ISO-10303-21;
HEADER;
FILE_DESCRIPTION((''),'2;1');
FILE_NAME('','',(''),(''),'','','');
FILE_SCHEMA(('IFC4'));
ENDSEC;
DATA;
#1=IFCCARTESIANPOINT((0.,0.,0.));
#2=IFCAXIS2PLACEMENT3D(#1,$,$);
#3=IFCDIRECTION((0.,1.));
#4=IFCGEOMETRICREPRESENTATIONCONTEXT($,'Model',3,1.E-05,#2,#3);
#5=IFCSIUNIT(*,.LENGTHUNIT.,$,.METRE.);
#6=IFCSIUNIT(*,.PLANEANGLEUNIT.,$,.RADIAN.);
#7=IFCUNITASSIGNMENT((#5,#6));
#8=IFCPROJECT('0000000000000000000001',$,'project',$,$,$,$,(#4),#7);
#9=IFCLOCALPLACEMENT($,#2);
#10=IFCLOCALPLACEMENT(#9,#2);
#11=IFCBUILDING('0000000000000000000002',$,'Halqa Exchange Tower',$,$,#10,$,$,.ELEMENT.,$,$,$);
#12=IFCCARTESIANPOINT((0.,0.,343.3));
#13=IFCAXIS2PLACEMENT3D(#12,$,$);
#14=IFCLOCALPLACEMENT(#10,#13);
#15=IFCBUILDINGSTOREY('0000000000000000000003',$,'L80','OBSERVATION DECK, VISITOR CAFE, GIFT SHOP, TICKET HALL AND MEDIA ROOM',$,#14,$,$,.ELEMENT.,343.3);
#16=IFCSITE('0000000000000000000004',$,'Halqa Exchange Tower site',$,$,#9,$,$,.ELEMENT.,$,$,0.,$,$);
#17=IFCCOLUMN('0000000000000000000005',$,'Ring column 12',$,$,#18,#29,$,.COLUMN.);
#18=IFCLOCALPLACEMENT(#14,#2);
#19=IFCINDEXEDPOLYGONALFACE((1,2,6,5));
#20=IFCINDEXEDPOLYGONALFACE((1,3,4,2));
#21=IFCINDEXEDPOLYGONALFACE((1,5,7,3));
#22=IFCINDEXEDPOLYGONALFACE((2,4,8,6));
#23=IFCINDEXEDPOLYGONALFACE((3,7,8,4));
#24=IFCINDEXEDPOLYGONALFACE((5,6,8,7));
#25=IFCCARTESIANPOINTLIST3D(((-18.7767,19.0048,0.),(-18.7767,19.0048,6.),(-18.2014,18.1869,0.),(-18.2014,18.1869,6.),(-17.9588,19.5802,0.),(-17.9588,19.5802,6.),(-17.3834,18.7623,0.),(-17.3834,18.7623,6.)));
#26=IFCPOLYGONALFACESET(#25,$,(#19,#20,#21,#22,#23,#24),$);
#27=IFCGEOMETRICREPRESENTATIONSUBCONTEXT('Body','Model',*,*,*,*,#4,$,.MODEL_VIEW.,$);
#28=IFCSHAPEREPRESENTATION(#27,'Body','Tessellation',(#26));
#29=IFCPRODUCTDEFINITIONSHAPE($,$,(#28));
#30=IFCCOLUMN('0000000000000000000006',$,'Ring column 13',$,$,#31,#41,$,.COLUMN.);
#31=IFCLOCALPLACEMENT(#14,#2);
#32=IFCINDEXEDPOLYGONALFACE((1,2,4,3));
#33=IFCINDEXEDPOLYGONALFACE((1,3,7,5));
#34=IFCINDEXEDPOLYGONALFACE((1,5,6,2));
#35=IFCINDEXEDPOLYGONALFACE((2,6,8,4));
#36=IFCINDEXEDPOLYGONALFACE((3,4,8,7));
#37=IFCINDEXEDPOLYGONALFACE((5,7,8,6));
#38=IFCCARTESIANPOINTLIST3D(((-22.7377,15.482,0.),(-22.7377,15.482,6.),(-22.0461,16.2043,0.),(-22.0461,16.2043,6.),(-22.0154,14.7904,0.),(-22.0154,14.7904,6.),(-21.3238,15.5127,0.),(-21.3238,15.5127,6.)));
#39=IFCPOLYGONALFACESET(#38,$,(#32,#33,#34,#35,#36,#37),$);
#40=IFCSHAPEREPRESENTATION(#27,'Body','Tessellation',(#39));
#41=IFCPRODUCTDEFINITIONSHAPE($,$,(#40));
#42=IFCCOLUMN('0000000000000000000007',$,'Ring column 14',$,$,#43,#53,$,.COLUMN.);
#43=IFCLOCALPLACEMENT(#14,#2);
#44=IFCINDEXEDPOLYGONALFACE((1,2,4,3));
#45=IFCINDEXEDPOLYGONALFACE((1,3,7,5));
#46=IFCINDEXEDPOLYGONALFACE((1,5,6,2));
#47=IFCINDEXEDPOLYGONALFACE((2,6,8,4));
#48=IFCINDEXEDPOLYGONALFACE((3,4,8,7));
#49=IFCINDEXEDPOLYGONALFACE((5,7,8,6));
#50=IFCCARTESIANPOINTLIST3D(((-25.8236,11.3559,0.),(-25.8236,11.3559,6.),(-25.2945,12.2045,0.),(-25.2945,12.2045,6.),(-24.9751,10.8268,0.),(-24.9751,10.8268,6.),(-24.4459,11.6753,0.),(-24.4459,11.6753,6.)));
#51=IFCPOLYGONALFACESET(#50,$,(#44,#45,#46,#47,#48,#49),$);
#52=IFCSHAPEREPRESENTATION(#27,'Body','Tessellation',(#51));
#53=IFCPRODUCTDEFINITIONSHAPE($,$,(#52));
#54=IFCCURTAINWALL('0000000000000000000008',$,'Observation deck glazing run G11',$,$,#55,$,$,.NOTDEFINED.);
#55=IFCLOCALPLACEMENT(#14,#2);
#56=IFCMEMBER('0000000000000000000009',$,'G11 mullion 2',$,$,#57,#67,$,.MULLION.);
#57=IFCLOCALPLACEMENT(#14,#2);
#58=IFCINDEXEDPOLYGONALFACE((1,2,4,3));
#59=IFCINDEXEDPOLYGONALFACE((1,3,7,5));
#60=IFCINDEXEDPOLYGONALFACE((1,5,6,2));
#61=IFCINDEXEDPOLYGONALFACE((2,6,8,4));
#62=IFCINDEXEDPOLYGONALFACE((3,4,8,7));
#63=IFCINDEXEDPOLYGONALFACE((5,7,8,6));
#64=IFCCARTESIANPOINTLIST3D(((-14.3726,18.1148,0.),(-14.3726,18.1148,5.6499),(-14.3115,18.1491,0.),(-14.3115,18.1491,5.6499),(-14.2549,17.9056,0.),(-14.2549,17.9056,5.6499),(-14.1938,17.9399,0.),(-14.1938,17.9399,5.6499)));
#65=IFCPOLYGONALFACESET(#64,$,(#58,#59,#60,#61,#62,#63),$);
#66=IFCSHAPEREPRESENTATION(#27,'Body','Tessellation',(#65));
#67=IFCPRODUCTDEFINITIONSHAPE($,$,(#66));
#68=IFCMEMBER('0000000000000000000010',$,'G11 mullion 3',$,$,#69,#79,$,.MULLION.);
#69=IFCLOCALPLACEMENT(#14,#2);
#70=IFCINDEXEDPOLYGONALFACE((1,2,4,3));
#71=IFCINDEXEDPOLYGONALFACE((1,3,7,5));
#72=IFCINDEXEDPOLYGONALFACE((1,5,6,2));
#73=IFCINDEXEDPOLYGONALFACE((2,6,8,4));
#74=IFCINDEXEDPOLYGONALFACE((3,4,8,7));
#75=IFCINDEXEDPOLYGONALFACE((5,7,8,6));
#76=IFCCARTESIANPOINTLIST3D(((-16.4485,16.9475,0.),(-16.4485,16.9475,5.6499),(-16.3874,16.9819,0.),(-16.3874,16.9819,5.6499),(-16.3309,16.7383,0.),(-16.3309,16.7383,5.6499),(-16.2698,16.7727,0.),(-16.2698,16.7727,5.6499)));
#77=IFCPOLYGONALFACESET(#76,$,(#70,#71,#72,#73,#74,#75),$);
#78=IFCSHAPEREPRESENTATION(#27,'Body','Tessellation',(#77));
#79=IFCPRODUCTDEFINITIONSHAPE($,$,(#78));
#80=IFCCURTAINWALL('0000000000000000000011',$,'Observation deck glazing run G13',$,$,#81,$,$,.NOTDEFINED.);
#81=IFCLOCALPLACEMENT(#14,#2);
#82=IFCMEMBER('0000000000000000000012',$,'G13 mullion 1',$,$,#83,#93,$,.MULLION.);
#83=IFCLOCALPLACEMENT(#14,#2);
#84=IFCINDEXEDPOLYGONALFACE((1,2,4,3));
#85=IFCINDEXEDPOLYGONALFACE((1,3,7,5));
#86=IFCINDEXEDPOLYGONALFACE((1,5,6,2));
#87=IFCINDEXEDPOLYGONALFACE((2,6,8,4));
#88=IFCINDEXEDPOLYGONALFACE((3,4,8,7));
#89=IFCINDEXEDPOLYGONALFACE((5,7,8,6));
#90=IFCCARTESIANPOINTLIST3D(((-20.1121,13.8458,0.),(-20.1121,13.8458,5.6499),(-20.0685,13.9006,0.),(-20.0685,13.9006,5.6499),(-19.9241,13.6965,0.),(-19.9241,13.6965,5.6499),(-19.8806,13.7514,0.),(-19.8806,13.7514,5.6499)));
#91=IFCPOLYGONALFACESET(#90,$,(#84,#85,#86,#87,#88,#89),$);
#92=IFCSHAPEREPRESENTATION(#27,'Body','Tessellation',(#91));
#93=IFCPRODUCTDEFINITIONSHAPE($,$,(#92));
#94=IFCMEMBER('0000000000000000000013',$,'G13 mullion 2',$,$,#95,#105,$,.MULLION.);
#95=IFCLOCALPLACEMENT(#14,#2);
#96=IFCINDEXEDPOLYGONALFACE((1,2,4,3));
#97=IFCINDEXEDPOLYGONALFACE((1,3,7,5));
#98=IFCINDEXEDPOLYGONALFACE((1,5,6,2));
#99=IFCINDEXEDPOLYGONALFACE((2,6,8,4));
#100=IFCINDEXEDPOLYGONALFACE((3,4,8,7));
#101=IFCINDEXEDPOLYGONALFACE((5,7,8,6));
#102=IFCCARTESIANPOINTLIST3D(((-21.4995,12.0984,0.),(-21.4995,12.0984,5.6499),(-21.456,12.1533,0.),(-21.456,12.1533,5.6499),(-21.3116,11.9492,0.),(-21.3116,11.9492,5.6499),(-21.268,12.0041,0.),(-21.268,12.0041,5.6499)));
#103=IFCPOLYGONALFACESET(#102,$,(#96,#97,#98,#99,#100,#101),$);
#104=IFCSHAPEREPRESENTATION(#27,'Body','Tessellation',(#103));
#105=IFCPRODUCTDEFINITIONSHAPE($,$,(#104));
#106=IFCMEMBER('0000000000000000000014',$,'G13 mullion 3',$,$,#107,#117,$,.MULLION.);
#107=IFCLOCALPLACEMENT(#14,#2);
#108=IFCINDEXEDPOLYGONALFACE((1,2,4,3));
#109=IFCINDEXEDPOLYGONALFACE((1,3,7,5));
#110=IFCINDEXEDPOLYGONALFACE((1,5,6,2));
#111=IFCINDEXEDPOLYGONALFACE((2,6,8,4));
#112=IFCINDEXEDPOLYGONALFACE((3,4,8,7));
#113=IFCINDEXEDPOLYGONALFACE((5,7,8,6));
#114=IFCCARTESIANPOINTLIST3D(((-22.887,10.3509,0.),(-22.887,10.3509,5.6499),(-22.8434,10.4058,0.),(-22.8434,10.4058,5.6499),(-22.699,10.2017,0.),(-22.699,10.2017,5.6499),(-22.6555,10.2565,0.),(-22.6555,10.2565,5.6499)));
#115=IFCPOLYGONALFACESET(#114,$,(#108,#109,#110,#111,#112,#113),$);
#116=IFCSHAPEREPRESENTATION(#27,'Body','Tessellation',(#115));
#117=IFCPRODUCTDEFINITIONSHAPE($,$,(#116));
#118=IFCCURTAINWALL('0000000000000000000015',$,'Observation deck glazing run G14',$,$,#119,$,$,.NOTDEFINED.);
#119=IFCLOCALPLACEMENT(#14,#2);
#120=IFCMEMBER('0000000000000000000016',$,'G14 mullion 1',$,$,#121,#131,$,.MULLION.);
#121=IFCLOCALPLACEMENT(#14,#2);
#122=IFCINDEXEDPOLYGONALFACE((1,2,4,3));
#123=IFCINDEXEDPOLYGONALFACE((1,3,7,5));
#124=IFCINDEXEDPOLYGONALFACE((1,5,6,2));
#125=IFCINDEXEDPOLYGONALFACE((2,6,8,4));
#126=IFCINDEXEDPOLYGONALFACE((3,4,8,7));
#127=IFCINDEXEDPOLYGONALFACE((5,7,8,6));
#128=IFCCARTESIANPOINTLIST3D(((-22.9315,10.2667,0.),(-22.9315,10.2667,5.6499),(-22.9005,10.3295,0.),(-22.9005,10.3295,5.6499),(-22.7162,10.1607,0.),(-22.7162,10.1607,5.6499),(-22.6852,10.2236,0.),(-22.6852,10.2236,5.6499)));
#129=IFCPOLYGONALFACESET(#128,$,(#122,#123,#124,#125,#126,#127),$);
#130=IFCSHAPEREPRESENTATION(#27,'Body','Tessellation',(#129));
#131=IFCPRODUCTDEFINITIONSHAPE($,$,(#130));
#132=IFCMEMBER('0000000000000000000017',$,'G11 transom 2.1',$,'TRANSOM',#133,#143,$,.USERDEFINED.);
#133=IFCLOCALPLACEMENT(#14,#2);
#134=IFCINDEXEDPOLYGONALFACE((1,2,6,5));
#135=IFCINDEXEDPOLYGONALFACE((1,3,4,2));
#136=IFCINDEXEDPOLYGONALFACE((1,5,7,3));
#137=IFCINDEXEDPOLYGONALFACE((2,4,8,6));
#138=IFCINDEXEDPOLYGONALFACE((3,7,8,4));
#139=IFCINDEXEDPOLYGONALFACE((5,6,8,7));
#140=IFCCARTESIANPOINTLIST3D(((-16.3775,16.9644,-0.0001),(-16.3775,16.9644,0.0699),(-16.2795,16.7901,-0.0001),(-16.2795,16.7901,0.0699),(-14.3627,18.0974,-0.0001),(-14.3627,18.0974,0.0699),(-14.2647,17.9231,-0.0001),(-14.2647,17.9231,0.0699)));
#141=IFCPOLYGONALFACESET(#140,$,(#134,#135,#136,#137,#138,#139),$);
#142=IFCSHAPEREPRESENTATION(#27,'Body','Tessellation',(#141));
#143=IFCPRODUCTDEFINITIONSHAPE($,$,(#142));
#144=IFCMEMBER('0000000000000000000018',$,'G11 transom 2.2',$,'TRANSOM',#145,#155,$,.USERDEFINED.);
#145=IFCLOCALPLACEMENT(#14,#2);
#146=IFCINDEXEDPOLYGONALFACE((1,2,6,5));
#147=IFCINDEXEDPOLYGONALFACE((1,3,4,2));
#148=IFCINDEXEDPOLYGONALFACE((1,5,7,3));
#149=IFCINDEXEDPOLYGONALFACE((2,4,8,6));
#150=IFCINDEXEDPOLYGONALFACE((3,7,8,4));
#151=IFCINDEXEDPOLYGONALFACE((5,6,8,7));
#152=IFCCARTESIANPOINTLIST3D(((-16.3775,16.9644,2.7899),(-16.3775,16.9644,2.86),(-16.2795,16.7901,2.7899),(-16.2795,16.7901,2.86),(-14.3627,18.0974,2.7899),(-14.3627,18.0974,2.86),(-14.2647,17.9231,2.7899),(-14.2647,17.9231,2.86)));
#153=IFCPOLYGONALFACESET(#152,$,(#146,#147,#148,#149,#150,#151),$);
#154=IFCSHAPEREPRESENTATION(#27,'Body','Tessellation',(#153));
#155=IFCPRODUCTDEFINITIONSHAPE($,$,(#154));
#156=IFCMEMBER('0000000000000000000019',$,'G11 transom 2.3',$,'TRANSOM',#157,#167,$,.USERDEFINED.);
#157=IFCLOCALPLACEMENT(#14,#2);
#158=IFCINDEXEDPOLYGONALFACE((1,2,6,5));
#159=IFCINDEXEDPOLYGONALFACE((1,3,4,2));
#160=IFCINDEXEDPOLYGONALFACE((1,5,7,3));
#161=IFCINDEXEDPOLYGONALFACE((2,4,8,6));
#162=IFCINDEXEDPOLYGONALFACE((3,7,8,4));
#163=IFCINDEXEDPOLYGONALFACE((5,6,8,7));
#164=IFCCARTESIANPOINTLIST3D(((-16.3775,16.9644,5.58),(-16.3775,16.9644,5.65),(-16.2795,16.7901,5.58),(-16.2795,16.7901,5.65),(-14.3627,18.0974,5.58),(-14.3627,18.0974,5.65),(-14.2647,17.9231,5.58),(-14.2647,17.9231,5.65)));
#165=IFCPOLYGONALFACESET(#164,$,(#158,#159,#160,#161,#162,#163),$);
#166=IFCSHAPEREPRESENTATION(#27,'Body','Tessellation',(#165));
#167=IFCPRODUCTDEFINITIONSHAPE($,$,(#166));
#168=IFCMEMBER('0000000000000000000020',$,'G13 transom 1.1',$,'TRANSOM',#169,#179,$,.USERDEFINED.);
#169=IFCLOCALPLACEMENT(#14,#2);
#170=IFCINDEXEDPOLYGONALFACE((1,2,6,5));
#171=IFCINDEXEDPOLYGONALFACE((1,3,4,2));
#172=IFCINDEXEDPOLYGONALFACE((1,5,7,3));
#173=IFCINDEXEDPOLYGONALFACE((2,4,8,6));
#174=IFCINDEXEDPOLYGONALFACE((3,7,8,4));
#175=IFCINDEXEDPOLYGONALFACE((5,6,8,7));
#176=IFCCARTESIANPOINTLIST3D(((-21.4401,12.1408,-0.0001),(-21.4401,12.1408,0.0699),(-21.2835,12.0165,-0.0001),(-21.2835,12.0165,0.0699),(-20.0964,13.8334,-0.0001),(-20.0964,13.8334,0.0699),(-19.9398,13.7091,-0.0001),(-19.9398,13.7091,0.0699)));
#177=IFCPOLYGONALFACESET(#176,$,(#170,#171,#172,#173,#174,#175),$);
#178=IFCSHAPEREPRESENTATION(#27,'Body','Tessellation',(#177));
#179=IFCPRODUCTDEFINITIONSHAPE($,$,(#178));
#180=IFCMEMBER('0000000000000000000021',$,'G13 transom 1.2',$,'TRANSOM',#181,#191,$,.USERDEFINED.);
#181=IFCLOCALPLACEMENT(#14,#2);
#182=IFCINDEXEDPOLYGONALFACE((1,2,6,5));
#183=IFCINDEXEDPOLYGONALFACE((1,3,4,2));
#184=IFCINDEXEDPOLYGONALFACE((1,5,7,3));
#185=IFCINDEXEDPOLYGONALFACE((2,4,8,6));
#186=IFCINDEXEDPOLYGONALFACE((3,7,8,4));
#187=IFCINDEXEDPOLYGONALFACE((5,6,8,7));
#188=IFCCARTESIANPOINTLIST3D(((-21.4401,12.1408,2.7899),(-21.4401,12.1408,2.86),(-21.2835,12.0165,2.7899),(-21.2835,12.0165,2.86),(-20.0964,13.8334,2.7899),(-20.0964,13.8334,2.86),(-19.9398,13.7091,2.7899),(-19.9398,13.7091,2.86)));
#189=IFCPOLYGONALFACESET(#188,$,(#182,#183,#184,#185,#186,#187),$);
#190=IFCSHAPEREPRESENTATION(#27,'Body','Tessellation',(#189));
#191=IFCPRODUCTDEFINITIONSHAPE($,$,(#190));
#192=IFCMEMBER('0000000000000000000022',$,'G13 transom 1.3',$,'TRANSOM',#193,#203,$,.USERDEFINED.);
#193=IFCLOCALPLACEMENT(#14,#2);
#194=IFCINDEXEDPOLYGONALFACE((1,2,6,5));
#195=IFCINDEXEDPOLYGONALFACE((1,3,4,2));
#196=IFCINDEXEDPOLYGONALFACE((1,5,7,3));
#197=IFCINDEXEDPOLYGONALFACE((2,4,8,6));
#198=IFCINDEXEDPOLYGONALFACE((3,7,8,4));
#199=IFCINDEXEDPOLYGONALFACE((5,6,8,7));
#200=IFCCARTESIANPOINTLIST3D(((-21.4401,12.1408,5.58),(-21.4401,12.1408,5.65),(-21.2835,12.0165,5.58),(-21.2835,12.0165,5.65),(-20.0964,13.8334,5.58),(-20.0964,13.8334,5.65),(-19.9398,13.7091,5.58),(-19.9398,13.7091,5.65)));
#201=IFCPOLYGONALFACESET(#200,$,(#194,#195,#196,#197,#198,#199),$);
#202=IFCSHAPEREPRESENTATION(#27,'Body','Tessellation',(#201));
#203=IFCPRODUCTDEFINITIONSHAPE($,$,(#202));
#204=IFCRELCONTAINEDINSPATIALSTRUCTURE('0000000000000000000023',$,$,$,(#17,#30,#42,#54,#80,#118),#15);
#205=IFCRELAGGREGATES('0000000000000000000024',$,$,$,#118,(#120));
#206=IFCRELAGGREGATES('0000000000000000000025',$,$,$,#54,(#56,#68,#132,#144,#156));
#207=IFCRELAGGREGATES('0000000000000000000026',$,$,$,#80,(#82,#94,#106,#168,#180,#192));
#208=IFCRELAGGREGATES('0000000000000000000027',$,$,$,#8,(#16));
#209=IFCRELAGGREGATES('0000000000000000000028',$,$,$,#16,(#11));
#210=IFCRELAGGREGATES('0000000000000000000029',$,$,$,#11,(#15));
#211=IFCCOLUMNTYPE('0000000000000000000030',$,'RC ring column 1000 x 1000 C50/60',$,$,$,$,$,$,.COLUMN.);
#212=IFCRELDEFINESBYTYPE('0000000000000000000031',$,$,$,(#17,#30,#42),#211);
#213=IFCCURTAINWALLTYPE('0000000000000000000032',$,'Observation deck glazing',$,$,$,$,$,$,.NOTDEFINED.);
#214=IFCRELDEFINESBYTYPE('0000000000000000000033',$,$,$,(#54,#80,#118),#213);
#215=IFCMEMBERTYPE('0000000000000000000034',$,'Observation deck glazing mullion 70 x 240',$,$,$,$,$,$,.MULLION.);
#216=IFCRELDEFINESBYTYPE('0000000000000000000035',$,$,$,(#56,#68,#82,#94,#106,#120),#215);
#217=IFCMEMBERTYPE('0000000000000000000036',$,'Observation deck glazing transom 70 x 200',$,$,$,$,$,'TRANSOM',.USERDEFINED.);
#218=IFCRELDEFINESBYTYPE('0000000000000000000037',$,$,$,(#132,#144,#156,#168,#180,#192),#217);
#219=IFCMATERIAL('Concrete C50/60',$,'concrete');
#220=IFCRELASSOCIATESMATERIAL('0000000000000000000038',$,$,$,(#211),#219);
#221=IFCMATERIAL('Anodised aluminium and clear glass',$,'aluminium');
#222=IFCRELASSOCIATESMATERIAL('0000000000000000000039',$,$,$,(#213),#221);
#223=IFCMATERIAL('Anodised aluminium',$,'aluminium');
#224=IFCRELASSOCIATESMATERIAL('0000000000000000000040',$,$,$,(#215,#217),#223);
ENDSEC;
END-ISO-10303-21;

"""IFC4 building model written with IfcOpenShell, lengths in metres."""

from ifc_helpers import new_model, si_unit, direction, frame, origin, origin_2d, place, context, subcontext, project, spatial, rectangle, extrude, material, material_profile, profile_set, type_object, element, aggregate, save


model = new_model("IFC4")

# Units and contexts
model_context = context("Model", 3, precision=1e-05, world=origin(), true_north=direction((0.0, 1.0)))
body_context = subcontext(model_context, "Body", "Model", "MODEL_VIEW")
ifc_project = project(units=[si_unit("LENGTHUNIT", "METRE"), si_unit("PLANEANGLEUNIT", "RADIAN")], contexts=[model_context])

# Site, building, storey
site_placement = place(None, origin())
site = spatial("IfcSite", under=ifc_project, at=site_placement, Name="Halqa Exchange Tower site", CompositionType="ELEMENT", RefElevation=0.0)
building_placement = place(site_placement, origin())
building = spatial("IfcBuilding", under=site, at=building_placement, Name="Halqa Exchange Tower", CompositionType="ELEMENT")
storey_placement = place(building_placement, frame((0.0, 0.0, 343.3)))
storey = spatial("IfcBuildingStorey", under=building, at=storey_placement, Name="L80", Description="OBSERVATION DECK, VISITOR CAFE, GIFT SHOP, TICKET HALL AND MEDIA ROOM", CompositionType="ELEMENT", Elevation=343.3)

# Columns
ifc_material_1 = material(Name="Concrete C50/60", Category="concrete")
ifc_material_profile_1 = material_profile(ifc_material_1, rectangle(XDim=1.0, YDim=1.0, at=origin_2d()), Name="1000 x 1000")
ifc_profile_set_1 = profile_set([ifc_material_profile_1], Name="Concrete C50/60")
column_type = type_object("IfcColumnType", Name="RC ring column 1000 x 1000 C50/60", PredefinedType="COLUMN", material=ifc_profile_set_1)
for number, where, z_axis, x_axis, name in (
    (1, (-18.0801, 18.8835, 0.0), (0.0, 0.0, 1.0), (-0.817907, -0.575351, 0.0), "Ring column 12"),
    (2, (-22.0308, 15.4973, 0.0), (0.0, 0.0, 1.0), (-0.691579, -0.722301, 0.0), "Ring column 13"),
    (3, (-25.1348, 11.5156, 0.0), (0.0, 0.0, 1.0), (-0.52914, -0.848534, 0.0), "Ring column 14"),
):
    element("IfcColumn", number, at=place(storey_placement, frame(where, z_axis=z_axis, x_axis=x_axis)), inside=storey, type_object=column_type, Name=name, PredefinedType="COLUMN", context=body_context, shape_type="SweptSolid", body=[
        extrude(rectangle(XDim=1.0, YDim=1.0, at=origin_2d()), origin(), (0.0, 0.0, 1.0), 6.0),
    ])

# Curtain walls, members
ifc_material_2 = material(Name="Anodised aluminium and clear glass", Category="aluminium")
curtain_wall_type = type_object("IfcCurtainWallType", Name="Observation deck glazing", PredefinedType="NOTDEFINED", material=ifc_material_2)
curtain_wall_1_placement = place(storey_placement, origin())
curtain_wall_1 = element("IfcCurtainWall", 4, at=curtain_wall_1_placement, inside=storey, type_object=curtain_wall_type, Name="Observation deck glazing run G11", PredefinedType="NOTDEFINED")
ifc_material_3 = material(Name="Anodised aluminium", Category="aluminium")
ifc_material_profile_2 = material_profile(ifc_material_3, rectangle(XDim=0.24, YDim=0.0701, at=origin_2d()), Name="AL 70x240")
ifc_profile_set_2 = profile_set([ifc_material_profile_2], Name="Anodised aluminium")
member_type_1 = type_object("IfcMemberType", Name="Observation deck glazing mullion 70 x 240", PredefinedType="MULLION", material=ifc_profile_set_2)
member_1_placement = place(storey_placement, frame((-14.2832, 18.0273, 0.0), z_axis=(0.0, 0.0, 1.0), x_axis=(0.490158, -0.871634, 0.0)))
member_1 = element("IfcMember", 5, at=member_1_placement, type_object=member_type_1, Name="G11 mullion 2", PredefinedType="MULLION", context=body_context, shape_type="SweptSolid", body=[
    extrude(rectangle(XDim=0.24, YDim=0.0701, at=origin_2d()), origin(), (0.0, 0.0, 1.0), 5.6499),
])
member_2_placement = place(storey_placement, frame((-16.3591, 16.8601, 0.0), z_axis=(0.0, 0.0, 1.0), x_axis=(0.490158, -0.871634, 0.0)))
member_2 = element("IfcMember", 6, at=member_2_placement, type_object=member_type_1, Name="G11 mullion 3", PredefinedType="MULLION", context=body_context, shape_type="SweptSolid", body=[
    extrude(rectangle(XDim=0.24, YDim=0.0701, at=origin_2d()), origin(), (0.0, 0.0, 1.0), 5.6499),
])
curtain_wall_2_placement = place(storey_placement, origin())
curtain_wall_2 = element("IfcCurtainWall", 7, at=curtain_wall_2_placement, inside=storey, type_object=curtain_wall_type, Name="Observation deck glazing run G13", PredefinedType="NOTDEFINED")
member_3_placement = place(storey_placement, frame((-19.9963, 13.7986, 0.0), z_axis=(0.0, 0.0, 1.0), x_axis=(0.783162, -0.621817, 0.0)))
member_3 = element("IfcMember", 8, at=member_3_placement, type_object=member_type_1, Name="G13 mullion 1", PredefinedType="MULLION", context=body_context, shape_type="SweptSolid", body=[
    extrude(rectangle(XDim=0.24, YDim=0.0701, at=origin_2d()), origin(), (0.0, 0.0, 1.0), 5.6499),
])
member_4_placement = place(storey_placement, frame((-21.3838, 12.0513, 0.0), z_axis=(0.0, 0.0, 1.0), x_axis=(0.783162, -0.621817, 0.0)))
member_4 = element("IfcMember", 9, at=member_4_placement, type_object=member_type_1, Name="G13 mullion 2", PredefinedType="MULLION", context=body_context, shape_type="SweptSolid", body=[
    extrude(rectangle(XDim=0.24, YDim=0.0701, at=origin_2d()), origin(), (0.0, 0.0, 1.0), 5.6499),
])
member_5_placement = place(storey_placement, frame((-22.7712, 10.3037, 0.0), z_axis=(0.0, 0.0, 1.0), x_axis=(0.783162, -0.621817, 0.0)))
member_5 = element("IfcMember", 10, at=member_5_placement, type_object=member_type_1, Name="G13 mullion 3", PredefinedType="MULLION", context=body_context, shape_type="SweptSolid", body=[
    extrude(rectangle(XDim=0.24, YDim=0.0701, at=origin_2d()), origin(), (0.0, 0.0, 1.0), 5.6499),
])

# Curtain wall, member
curtain_wall_3_placement = place(storey_placement, origin())
curtain_wall_3 = element("IfcCurtainWall", 11, at=curtain_wall_3_placement, inside=storey, type_object=curtain_wall_type, Name="Observation deck glazing run G14", PredefinedType="NOTDEFINED")
member_6_placement = place(storey_placement, frame((-22.8083, 10.2451, 0.0), z_axis=(0.0, 0.0, 1.0), x_axis=(0.897215, -0.441595, 0.0)))
member_6 = element("IfcMember", 12, at=member_6_placement, type_object=member_type_1, Name="G14 mullion 1", PredefinedType="MULLION", context=body_context, shape_type="SweptSolid", body=[
    extrude(rectangle(XDim=0.24, YDim=0.0701, at=origin_2d()), origin(), (0.0, 0.0, 1.0), 5.6499),
])

# Members
ifc_material_profile_3 = material_profile(ifc_material_3, rectangle(XDim=0.2, YDim=0.0701, at=origin_2d()), Name="AL 70x200")
ifc_profile_set_3 = profile_set([ifc_material_profile_3], Name="Anodised aluminium")
member_type_2 = type_object("IfcMemberType", Name="Observation deck glazing transom 70 x 200", ElementType="TRANSOM", PredefinedType="USERDEFINED", material=ifc_profile_set_3)
member_7_placement = place(storey_placement, frame((-14.3137, 18.0103, 0.0349), z_axis=(-0.871635, -0.490156, 0.0), x_axis=(0.490156, -0.871635, 0.0)))
member_7 = element("IfcMember", 13, at=member_7_placement, type_object=member_type_2, Name="G11 transom 2.1", ObjectType="TRANSOM", PredefinedType="USERDEFINED", context=body_context, shape_type="SweptSolid", body=[
    extrude(rectangle(XDim=0.2, YDim=0.0701, at=origin_2d()), origin(), (0.0, 0.0, 1.0), 2.3115),
])
member_8_placement = place(storey_placement, frame((-14.3137, 18.0103, 2.825), z_axis=(-0.871635, -0.490156, 0.0), x_axis=(0.490156, -0.871635, 0.0)))
member_8 = element("IfcMember", 14, at=member_8_placement, type_object=member_type_2, Name="G11 transom 2.2", ObjectType="TRANSOM", PredefinedType="USERDEFINED", context=body_context, shape_type="SweptSolid", body=[
    extrude(rectangle(XDim=0.2, YDim=0.0701, at=origin_2d()), origin(), (0.0, 0.0, 1.0), 2.3115),
])
member_9_placement = place(storey_placement, frame((-14.3137, 18.0103, 5.615), z_axis=(-0.871635, -0.490156, 0.0), x_axis=(0.490156, -0.871635, 0.0)))
member_9 = element("IfcMember", 15, at=member_9_placement, type_object=member_type_2, Name="G11 transom 2.3", ObjectType="TRANSOM", PredefinedType="USERDEFINED", context=body_context, shape_type="SweptSolid", body=[
    extrude(rectangle(XDim=0.2, YDim=0.0701, at=origin_2d()), origin(), (0.0, 0.0, 1.0), 2.3115),
])
member_10_placement = place(storey_placement, frame((-20.0181, 13.7712, 0.0349), z_axis=(-0.62177, -0.7832, 0.0), x_axis=(0.7832, -0.62177, 0.0)))
member_10 = element("IfcMember", 16, at=member_10_placement, type_object=member_type_2, Name="G13 transom 1.1", ObjectType="TRANSOM", PredefinedType="USERDEFINED", context=body_context, shape_type="SweptSolid", body=[
    extrude(rectangle(XDim=0.2, YDim=0.0701, at=origin_2d()), origin(), (0.0, 0.0, 1.0), 2.1611),
])
member_11_placement = place(storey_placement, frame((-20.0181, 13.7712, 2.825), z_axis=(-0.62177, -0.7832, 0.0), x_axis=(0.7832, -0.62177, 0.0)))
member_11 = element("IfcMember", 17, at=member_11_placement, type_object=member_type_2, Name="G13 transom 1.2", ObjectType="TRANSOM", PredefinedType="USERDEFINED", context=body_context, shape_type="SweptSolid", body=[
    extrude(rectangle(XDim=0.2, YDim=0.0701, at=origin_2d()), origin(), (0.0, 0.0, 1.0), 2.1611),
])
member_12_placement = place(storey_placement, frame((-20.0181, 13.7712, 5.615), z_axis=(-0.62177, -0.7832, 0.0), x_axis=(0.7832, -0.62177, 0.0)))
member_12 = element("IfcMember", 18, at=member_12_placement, type_object=member_type_2, Name="G13 transom 1.3", ObjectType="TRANSOM", PredefinedType="USERDEFINED", context=body_context, shape_type="SweptSolid", body=[
    extrude(rectangle(XDim=0.2, YDim=0.0701, at=origin_2d()), origin(), (0.0, 0.0, 1.0), 2.1611),
])
aggregate(curtain_wall_3, [member_6])

aggregate(curtain_wall_1, [member_1, member_2, member_7, member_8, member_9])
aggregate(curtain_wall_2, [member_3, member_4, member_5, member_10, member_11, member_12])

save(model, "model.ifc")
